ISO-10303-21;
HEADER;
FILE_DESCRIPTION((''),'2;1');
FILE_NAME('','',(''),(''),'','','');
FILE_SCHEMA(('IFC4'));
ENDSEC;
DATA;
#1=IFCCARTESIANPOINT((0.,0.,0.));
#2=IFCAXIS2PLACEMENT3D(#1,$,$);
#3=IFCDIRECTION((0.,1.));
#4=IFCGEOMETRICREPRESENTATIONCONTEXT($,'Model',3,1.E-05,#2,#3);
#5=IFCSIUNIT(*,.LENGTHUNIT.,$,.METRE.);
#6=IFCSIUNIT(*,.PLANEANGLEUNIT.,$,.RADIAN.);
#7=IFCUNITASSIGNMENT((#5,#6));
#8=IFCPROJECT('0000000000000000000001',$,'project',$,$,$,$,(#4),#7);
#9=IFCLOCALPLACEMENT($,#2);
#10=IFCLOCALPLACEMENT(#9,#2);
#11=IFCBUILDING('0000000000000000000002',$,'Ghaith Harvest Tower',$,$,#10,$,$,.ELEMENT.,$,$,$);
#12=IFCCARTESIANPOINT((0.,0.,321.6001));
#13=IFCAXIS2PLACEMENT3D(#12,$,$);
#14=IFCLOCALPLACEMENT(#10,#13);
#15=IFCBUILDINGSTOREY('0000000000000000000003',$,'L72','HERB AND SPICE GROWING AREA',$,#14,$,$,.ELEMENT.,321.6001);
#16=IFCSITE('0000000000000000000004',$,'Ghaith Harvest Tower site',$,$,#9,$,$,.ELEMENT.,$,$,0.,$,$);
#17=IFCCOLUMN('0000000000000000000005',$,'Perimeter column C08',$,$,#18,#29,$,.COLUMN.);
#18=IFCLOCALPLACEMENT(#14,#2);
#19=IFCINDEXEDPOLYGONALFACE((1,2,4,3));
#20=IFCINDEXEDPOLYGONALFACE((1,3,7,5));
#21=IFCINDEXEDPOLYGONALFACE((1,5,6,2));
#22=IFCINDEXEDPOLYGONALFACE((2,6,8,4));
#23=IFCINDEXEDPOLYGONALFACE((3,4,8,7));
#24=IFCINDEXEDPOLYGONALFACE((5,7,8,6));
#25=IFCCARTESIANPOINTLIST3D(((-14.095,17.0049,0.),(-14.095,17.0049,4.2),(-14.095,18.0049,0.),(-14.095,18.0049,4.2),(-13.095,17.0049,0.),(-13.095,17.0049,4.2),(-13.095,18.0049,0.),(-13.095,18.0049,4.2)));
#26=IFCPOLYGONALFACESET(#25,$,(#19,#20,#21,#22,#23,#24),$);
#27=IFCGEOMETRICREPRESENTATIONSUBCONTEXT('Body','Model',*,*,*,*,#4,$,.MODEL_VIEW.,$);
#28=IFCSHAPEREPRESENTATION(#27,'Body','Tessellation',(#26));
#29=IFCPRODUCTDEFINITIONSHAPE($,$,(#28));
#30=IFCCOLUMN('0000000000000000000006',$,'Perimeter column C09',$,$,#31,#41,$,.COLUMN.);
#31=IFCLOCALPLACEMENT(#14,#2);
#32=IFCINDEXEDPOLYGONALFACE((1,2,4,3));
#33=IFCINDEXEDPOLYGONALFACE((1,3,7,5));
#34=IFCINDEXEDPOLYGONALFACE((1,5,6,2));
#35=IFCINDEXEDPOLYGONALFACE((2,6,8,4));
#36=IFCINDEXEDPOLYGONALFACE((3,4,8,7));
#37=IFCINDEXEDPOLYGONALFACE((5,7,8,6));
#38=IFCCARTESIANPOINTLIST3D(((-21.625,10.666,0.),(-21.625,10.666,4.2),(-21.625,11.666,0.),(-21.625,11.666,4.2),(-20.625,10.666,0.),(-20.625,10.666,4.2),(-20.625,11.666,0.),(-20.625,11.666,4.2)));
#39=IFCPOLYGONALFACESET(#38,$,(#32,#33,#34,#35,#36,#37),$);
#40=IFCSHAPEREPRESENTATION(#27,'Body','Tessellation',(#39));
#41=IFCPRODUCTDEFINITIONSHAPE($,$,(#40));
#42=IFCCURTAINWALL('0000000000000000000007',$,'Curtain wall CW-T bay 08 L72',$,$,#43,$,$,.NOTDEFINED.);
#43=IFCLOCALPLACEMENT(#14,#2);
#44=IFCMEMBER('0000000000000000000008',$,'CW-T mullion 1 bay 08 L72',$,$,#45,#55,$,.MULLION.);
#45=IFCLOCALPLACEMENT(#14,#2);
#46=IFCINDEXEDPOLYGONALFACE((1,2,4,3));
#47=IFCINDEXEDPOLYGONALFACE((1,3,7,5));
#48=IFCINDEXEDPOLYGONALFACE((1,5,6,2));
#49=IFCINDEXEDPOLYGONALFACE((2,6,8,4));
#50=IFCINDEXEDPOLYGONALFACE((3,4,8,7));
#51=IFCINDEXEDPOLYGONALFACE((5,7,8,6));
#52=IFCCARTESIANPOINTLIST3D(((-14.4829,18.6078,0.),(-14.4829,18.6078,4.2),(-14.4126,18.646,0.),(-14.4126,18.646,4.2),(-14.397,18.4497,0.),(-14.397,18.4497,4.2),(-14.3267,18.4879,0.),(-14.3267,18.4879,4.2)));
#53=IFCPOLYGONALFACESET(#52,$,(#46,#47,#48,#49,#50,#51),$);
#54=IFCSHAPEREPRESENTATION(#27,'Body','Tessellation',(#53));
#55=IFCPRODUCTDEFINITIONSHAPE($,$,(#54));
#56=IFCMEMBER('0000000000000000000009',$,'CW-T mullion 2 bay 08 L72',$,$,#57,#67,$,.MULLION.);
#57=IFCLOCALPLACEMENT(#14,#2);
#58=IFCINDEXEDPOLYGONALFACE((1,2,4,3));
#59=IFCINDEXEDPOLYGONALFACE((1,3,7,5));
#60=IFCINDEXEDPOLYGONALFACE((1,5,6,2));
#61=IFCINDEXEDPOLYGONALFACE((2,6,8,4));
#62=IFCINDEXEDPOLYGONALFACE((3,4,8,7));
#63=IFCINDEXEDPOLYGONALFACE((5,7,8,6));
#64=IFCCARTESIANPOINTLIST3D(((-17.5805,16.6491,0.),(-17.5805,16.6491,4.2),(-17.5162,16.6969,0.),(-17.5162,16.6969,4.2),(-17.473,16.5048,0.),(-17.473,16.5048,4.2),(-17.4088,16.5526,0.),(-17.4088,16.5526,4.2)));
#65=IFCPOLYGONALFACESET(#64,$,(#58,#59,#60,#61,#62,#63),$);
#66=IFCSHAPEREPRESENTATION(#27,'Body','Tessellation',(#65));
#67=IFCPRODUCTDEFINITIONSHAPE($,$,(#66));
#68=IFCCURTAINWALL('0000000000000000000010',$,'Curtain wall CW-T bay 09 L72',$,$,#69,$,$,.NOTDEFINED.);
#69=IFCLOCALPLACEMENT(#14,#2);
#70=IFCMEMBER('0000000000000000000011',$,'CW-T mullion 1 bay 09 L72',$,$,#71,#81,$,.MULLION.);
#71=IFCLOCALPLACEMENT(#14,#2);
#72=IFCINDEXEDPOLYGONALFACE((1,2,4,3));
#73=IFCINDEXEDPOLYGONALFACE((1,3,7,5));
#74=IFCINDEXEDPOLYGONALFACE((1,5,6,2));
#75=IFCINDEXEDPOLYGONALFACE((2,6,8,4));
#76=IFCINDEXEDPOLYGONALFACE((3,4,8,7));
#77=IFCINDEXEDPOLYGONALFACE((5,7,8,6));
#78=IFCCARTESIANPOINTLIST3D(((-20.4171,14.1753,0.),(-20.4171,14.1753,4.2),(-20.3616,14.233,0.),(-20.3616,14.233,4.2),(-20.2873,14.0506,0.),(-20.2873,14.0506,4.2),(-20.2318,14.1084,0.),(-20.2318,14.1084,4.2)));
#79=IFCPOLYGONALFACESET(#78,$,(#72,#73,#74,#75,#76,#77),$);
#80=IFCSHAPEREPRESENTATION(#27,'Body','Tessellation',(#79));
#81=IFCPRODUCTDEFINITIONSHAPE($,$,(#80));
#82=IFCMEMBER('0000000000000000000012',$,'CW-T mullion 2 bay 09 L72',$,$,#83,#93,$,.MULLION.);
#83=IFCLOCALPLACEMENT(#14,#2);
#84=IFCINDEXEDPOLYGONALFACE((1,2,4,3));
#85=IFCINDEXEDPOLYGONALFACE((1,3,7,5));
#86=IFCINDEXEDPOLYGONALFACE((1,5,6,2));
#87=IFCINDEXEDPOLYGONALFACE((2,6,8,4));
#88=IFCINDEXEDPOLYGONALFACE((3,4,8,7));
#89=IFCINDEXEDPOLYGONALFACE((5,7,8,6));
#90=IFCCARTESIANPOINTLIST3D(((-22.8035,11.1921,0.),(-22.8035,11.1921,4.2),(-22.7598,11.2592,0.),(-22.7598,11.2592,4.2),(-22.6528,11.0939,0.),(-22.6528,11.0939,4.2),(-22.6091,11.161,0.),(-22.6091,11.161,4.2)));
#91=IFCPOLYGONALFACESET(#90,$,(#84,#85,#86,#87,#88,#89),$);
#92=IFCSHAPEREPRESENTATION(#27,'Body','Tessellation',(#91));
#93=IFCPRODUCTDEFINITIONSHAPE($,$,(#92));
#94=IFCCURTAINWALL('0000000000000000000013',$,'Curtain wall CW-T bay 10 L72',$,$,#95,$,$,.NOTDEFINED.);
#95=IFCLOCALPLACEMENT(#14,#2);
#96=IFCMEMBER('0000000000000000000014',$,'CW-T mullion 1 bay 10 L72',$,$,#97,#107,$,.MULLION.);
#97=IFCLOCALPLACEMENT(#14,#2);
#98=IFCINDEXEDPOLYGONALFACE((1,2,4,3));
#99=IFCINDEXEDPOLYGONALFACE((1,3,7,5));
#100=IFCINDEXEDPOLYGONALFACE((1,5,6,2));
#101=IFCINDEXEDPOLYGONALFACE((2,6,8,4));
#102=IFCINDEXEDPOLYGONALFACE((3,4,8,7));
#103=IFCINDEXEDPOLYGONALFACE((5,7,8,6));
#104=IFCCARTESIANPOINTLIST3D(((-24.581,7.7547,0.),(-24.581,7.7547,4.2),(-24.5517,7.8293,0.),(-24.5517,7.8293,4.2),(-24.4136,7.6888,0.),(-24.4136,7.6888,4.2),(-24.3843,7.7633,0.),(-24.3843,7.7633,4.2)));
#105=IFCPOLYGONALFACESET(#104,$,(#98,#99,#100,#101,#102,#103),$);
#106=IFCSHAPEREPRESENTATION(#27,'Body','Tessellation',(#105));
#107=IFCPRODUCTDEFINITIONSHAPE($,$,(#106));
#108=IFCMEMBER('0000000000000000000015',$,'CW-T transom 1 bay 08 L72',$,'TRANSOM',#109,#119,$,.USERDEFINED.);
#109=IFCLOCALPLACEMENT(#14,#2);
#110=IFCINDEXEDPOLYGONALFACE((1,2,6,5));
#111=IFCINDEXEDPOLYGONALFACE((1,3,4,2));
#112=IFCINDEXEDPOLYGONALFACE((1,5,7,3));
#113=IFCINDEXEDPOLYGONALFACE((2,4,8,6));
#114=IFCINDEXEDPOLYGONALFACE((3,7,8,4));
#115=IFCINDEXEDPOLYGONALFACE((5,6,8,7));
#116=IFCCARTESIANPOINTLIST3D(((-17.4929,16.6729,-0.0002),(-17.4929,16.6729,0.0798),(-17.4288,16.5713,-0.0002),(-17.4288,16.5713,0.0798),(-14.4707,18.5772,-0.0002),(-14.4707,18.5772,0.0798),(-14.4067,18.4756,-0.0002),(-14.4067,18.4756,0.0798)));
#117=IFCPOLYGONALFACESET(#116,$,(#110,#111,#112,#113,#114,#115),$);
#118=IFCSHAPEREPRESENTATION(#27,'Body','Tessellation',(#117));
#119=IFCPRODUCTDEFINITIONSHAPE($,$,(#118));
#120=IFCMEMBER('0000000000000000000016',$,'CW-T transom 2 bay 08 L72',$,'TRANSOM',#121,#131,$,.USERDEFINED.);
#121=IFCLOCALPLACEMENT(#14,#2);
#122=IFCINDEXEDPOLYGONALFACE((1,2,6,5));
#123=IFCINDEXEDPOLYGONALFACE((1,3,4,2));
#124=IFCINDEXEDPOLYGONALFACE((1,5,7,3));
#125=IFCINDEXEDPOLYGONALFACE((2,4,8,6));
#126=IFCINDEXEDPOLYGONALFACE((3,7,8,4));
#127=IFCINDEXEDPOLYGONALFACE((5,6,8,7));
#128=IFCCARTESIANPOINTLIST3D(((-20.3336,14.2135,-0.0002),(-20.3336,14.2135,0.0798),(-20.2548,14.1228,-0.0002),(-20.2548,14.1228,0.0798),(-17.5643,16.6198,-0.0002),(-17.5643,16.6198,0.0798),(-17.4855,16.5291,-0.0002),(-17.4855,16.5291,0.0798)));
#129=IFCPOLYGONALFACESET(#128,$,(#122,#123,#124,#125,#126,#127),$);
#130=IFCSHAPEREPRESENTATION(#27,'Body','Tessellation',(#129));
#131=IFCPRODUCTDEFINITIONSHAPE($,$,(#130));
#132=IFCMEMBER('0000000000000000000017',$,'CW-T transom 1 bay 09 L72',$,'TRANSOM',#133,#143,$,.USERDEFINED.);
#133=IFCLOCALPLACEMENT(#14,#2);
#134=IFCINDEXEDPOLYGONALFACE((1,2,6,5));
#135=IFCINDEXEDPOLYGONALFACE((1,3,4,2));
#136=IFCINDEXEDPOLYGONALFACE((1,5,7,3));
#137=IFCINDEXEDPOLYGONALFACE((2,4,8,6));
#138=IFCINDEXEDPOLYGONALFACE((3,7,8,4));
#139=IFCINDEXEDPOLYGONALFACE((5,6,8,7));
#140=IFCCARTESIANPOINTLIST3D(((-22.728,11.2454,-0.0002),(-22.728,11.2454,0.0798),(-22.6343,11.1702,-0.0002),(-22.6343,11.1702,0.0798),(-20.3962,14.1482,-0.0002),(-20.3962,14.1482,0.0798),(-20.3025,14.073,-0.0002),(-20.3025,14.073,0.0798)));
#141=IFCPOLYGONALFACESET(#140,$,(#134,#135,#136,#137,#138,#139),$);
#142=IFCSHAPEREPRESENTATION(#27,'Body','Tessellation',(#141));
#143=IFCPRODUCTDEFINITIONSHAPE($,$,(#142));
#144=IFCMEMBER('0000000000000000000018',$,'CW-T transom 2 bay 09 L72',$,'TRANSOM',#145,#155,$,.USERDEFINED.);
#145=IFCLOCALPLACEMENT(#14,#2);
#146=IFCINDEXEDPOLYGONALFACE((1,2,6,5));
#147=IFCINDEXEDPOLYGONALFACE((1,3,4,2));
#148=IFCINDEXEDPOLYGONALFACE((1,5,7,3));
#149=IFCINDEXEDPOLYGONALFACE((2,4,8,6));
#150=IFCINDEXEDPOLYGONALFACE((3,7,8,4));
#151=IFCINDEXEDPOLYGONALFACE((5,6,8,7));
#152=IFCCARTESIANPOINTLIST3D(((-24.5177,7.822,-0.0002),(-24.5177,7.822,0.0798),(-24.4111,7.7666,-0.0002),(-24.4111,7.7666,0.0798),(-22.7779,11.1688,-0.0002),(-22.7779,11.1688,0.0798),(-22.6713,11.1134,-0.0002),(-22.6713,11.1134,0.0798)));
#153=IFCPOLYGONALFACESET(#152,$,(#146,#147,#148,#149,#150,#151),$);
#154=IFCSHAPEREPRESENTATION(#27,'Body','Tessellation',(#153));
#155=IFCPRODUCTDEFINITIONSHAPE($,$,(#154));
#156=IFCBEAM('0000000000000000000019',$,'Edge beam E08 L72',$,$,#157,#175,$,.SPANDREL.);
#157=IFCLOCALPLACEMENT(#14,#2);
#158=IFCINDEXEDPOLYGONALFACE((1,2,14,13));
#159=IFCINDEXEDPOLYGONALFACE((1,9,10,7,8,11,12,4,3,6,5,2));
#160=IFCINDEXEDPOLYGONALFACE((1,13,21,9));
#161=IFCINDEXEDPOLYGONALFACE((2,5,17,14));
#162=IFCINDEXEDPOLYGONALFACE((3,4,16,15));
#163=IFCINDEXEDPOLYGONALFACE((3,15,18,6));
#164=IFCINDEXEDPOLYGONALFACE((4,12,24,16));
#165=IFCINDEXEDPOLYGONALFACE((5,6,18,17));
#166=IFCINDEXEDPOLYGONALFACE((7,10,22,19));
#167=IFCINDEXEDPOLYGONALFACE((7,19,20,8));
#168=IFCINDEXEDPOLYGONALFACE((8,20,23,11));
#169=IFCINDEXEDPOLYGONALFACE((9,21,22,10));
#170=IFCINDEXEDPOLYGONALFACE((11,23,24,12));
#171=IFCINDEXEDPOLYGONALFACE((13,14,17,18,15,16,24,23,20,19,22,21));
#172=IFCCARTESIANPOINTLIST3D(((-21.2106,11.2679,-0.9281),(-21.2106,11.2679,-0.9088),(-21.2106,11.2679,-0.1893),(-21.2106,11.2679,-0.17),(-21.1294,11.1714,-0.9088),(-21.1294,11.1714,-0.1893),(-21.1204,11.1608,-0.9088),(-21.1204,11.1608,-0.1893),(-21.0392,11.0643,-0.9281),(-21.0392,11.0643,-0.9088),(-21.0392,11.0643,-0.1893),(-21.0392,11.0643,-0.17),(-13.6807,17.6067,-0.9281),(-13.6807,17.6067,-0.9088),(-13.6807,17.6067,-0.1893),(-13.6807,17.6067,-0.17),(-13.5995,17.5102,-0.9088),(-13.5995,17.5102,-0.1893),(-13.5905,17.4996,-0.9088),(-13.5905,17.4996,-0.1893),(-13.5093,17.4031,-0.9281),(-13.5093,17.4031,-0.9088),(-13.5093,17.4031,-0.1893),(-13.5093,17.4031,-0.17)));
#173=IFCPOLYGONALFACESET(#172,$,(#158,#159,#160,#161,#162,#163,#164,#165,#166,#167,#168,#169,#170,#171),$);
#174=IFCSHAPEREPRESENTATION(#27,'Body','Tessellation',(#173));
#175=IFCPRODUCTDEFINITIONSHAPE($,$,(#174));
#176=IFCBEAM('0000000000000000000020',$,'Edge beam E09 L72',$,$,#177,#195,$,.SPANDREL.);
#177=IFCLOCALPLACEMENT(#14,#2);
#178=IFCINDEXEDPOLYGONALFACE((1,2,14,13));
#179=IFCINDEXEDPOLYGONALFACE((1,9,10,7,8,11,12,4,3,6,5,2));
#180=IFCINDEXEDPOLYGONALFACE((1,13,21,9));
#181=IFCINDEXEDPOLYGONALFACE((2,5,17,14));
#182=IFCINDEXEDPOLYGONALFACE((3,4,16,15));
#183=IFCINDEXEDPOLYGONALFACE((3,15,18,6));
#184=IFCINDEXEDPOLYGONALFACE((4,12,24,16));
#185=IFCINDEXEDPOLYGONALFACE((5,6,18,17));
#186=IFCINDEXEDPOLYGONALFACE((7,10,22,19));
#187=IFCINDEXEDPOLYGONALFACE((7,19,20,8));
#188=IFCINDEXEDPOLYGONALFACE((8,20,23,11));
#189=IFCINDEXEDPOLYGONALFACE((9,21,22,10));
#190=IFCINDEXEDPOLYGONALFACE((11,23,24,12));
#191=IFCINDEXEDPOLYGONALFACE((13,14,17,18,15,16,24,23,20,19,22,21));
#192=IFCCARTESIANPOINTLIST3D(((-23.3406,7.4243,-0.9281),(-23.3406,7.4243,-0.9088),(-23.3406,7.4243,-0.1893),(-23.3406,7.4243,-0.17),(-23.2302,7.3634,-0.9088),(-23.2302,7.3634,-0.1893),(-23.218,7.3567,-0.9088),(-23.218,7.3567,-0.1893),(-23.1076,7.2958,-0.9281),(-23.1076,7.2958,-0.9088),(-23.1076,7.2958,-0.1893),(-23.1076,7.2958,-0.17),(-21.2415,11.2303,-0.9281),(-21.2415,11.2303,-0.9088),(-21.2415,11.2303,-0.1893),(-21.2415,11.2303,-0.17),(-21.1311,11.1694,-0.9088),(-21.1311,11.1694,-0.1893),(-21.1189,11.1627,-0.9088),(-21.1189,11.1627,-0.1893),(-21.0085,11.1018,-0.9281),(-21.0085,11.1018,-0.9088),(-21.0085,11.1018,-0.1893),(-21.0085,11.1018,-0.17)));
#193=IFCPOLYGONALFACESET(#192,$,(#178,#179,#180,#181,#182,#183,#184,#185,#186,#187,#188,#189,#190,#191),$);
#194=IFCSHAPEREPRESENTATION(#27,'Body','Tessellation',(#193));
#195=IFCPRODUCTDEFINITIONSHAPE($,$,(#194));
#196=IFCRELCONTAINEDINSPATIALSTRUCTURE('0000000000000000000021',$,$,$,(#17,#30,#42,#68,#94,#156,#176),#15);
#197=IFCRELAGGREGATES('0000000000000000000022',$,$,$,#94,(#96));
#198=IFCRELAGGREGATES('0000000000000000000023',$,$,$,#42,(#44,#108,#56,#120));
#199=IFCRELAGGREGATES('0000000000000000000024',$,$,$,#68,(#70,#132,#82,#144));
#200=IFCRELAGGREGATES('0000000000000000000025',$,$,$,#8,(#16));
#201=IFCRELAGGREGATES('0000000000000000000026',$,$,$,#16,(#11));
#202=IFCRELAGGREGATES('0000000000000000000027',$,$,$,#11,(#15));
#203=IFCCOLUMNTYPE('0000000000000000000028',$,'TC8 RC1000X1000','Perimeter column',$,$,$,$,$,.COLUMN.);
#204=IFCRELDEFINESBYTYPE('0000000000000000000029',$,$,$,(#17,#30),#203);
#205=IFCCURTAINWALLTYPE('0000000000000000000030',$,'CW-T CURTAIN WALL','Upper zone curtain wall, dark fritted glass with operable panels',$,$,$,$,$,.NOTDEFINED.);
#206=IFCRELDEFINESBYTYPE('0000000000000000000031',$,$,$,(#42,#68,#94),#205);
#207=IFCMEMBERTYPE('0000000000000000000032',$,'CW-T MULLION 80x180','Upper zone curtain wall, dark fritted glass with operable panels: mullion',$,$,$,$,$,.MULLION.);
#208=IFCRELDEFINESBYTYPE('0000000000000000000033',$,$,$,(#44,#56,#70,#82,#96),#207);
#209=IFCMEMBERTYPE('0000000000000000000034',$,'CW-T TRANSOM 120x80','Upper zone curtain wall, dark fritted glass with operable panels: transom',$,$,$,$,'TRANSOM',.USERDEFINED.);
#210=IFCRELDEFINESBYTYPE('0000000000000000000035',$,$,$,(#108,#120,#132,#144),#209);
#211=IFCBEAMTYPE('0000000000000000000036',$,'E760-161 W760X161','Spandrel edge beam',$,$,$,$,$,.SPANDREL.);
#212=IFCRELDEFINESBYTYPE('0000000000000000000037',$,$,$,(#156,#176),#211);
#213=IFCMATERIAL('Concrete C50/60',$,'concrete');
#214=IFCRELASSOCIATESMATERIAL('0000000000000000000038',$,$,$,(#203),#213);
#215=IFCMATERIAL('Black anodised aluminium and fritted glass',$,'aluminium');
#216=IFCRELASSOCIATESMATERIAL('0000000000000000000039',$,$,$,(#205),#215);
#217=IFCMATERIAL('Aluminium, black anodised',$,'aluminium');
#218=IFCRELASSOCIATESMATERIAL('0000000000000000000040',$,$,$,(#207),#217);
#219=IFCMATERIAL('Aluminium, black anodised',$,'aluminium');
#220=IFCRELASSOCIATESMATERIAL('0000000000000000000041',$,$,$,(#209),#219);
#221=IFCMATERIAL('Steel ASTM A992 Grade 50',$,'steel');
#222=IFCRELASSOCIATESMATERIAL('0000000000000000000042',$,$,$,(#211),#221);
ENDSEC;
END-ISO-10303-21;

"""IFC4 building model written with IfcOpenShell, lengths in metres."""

from ifc_helpers import new_model, si_unit, direction, frame, origin, origin_2d, place, context, subcontext, project, spatial, rectangle, i_section, extrude, material, material_profile, profile_set, type_object, element, aggregate, save


model = new_model("IFC4")

# Units and contexts
model_context = context("Model", 3, precision=1e-05, world=origin(), true_north=direction((0.0, 1.0)))
body_context = subcontext(model_context, "Body", "Model", "MODEL_VIEW")
ifc_project = project(units=[si_unit("LENGTHUNIT", "METRE"), si_unit("PLANEANGLEUNIT", "RADIAN")], contexts=[model_context])

# Site, building, storey
site_placement = place(None, origin())
site = spatial("IfcSite", under=ifc_project, at=site_placement, Name="Ghaith Harvest Tower site", CompositionType="ELEMENT", RefElevation=0.0)
building_placement = place(site_placement, origin())
building = spatial("IfcBuilding", under=site, at=building_placement, Name="Ghaith Harvest Tower", CompositionType="ELEMENT")
storey_placement = place(building_placement, frame((0.0, 0.0, 321.6001)))
storey = spatial("IfcBuildingStorey", under=building, at=storey_placement, Name="L72", Description="HERB AND SPICE GROWING AREA", CompositionType="ELEMENT", Elevation=321.6001)

# Columns
ifc_material_1 = material(Name="Concrete C50/60", Category="concrete")
ifc_material_profile_1 = material_profile(ifc_material_1, rectangle(XDim=1.0, YDim=1.0, at=origin_2d()), Name="RC1000X1000")
ifc_profile_set_1 = profile_set([ifc_material_profile_1], Name="Concrete C50/60")
column_type = type_object("IfcColumnType", Name="TC8 RC1000X1000", Description="Perimeter column", PredefinedType="COLUMN", material=ifc_profile_set_1)
for number, where, z_axis, x_axis, name in (
    (1, (-13.595, 17.5049, 0.0), (0.0, 0.0, 1.0), (1.0, 0.0, 0.0), "Perimeter column C08"),
    (2, (-21.125, 11.166, 0.0), (0.0, 0.0, 1.0), (1.0, 0.0, 0.0), "Perimeter column C09"),
):
    element("IfcColumn", number, at=place(storey_placement, frame(where, z_axis=z_axis, x_axis=x_axis)), inside=storey, type_object=column_type, Name=name, PredefinedType="COLUMN", context=body_context, shape_type="SweptSolid", body=[
        extrude(rectangle(XDim=1.0, YDim=1.0, at=origin_2d()), origin(), (0.0, 0.0, 1.0), 4.2),
    ])

# Curtain walls, members
ifc_material_2 = material(Name="Black anodised aluminium and fritted glass", Category="aluminium")
curtain_wall_type = type_object("IfcCurtainWallType", Name="CW-T CURTAIN WALL", Description="Upper zone curtain wall, dark fritted glass with operable panels", PredefinedType="NOTDEFINED", material=ifc_material_2)
curtain_wall_1_placement = place(storey_placement, origin())
curtain_wall_1 = element("IfcCurtainWall", 3, at=curtain_wall_1_placement, inside=storey, type_object=curtain_wall_type, Name="Curtain wall CW-T bay 08 L72", PredefinedType="NOTDEFINED")
ifc_material_3 = material(Name="Aluminium, black anodised", Category="aluminium")
ifc_material_profile_2 = material_profile(ifc_material_3, rectangle(XDim=0.0801, YDim=0.1799, at=origin_2d()), Name="CW-T MULLION 80x180")
ifc_profile_set_2 = profile_set([ifc_material_profile_2], Name="Aluminium, black anodised")
member_type_1 = type_object("IfcMemberType", Name="CW-T MULLION 80x180", Description="Upper zone curtain wall, dark fritted glass with operable panels: mullion", PredefinedType="MULLION", material=ifc_profile_set_2)
member_1_placement = place(storey_placement, frame((-14.4048, 18.5479, 0.0), z_axis=(0.0, 0.0, 1.0), x_axis=(-0.878672, -0.477426, 0.0)))
member_1 = element("IfcMember", 4, at=member_1_placement, type_object=member_type_1, Name="CW-T mullion 1 bay 08 L72", PredefinedType="MULLION", context=body_context, shape_type="SweptSolid", body=[
    extrude(rectangle(XDim=0.0801, YDim=0.1799, at=origin_2d()), origin(), (0.0, 0.0, 1.0), 4.2),
])
member_2_placement = place(storey_placement, frame((-17.4946, 16.6008, 0.0), z_axis=(0.0, 0.0, 1.0), x_axis=(-0.80219, -0.597069, 0.0)))
member_2 = element("IfcMember", 5, at=member_2_placement, type_object=member_type_1, Name="CW-T mullion 2 bay 08 L72", PredefinedType="MULLION", context=body_context, shape_type="SweptSolid", body=[
    extrude(rectangle(XDim=0.0801, YDim=0.1799, at=origin_2d()), origin(), (0.0, 0.0, 1.0), 4.2),
])
curtain_wall_2_placement = place(storey_placement, origin())
curtain_wall_2 = element("IfcCurtainWall", 6, at=curtain_wall_2_placement, inside=storey, type_object=curtain_wall_type, Name="Curtain wall CW-T bay 09 L72", PredefinedType="NOTDEFINED")
member_3_placement = place(storey_placement, frame((-20.3245, 14.1418, 0.0), z_axis=(0.0, 0.0, 1.0), x_axis=(-0.692826, -0.721104, 0.0)))
member_3 = element("IfcMember", 7, at=member_3_placement, type_object=member_type_1, Name="CW-T mullion 1 bay 09 L72", PredefinedType="MULLION", context=body_context, shape_type="SweptSolid", body=[
    extrude(rectangle(XDim=0.0801, YDim=0.1799, at=origin_2d()), origin(), (0.0, 0.0, 1.0), 4.2),
])
member_4_placement = place(storey_placement, frame((-22.7063, 11.1765, 0.0), z_axis=(0.0, 0.0, 1.0), x_axis=(-0.545865, -0.837873, 0.0)))
member_4 = element("IfcMember", 8, at=member_4_placement, type_object=member_type_1, Name="CW-T mullion 2 bay 09 L72", PredefinedType="MULLION", context=body_context, shape_type="SweptSolid", body=[
    extrude(rectangle(XDim=0.0801, YDim=0.1799, at=origin_2d()), origin(), (0.0, 0.0, 1.0), 4.2),
])

# Curtain wall, member
curtain_wall_3_placement = place(storey_placement, origin())
curtain_wall_3 = element("IfcCurtainWall", 9, at=curtain_wall_3_placement, inside=storey, type_object=curtain_wall_type, Name="Curtain wall CW-T bay 10 L72", PredefinedType="NOTDEFINED")
member_5_placement = place(storey_placement, frame((-24.4827, 7.759, 0.0), z_axis=(0.0, 0.0, 1.0), x_axis=(-0.366473, -0.930429, 0.0)))
member_5 = element("IfcMember", 10, at=member_5_placement, type_object=member_type_1, Name="CW-T mullion 1 bay 10 L72", PredefinedType="MULLION", context=body_context, shape_type="SweptSolid", body=[
    extrude(rectangle(XDim=0.0801, YDim=0.1799, at=origin_2d()), origin(), (0.0, 0.0, 1.0), 4.2),
])
aggregate(curtain_wall_3, [member_5])

# Members
ifc_material_4 = material(Name="Aluminium, black anodised", Category="aluminium")
ifc_material_profile_3 = material_profile(ifc_material_4, rectangle(XDim=0.1201, YDim=0.0801, at=origin_2d()), Name="CW-T TRANSOM 120x80")
ifc_profile_set_3 = profile_set([ifc_material_profile_3], Name="Aluminium, black anodised")
member_type_2 = type_object("IfcMemberType", Name="CW-T TRANSOM 120x80", Description="Upper zone curtain wall, dark fritted glass with operable panels: transom", ElementType="TRANSOM", PredefinedType="USERDEFINED", material=ifc_profile_set_3)
member_6_placement = place(storey_placement, frame((-14.4387, 18.5264, 0.0398), z_axis=(-0.846054, -0.533098, 0.0), x_axis=(0.533098, -0.846054, 0.0)))
member_6 = element("IfcMember", 11, at=member_6_placement, type_object=member_type_2, Name="CW-T transom 1 bay 08 L72", ObjectType="TRANSOM", PredefinedType="USERDEFINED", context=body_context, shape_type="SweptSolid", body=[
    extrude(rectangle(XDim=0.1201, YDim=0.0801, at=origin_2d()), origin(), (0.0, 0.0, 1.0), 3.572),
])
member_7_placement = place(storey_placement, frame((-17.5249, 16.5745, 0.0398), z_axis=(-0.754852, -0.655895, 0.0), x_axis=(0.655895, -0.754852, 0.0)))
member_7 = element("IfcMember", 12, at=member_7_placement, type_object=member_type_2, Name="CW-T transom 2 bay 08 L72", ObjectType="TRANSOM", PredefinedType="USERDEFINED", context=body_context, shape_type="SweptSolid", body=[
    extrude(rectangle(XDim=0.1201, YDim=0.0801, at=origin_2d()), origin(), (0.0, 0.0, 1.0), 3.6687),
])
member_8_placement = place(storey_placement, frame((-20.3494, 14.1106, 0.0398), z_axis=(-0.626253, -0.77962, 0.0), x_axis=(0.77962, -0.626253, 0.0)))
member_8 = element("IfcMember", 13, at=member_8_placement, type_object=member_type_2, Name="CW-T transom 1 bay 09 L72", ObjectType="TRANSOM", PredefinedType="USERDEFINED", context=body_context, shape_type="SweptSolid", body=[
    extrude(rectangle(XDim=0.1201, YDim=0.0801, at=origin_2d()), origin(), (0.0, 0.0, 1.0), 3.7234),
])
member_9_placement = place(storey_placement, frame((-22.7246, 11.1411, 0.0398), z_axis=(-0.461243, -0.887274, 0.0), x_axis=(0.887274, -0.461243, 0.0)))
member_9 = element("IfcMember", 14, at=member_9_placement, type_object=member_type_2, Name="CW-T transom 2 bay 09 L72", ObjectType="TRANSOM", PredefinedType="USERDEFINED", context=body_context, shape_type="SweptSolid", body=[
    extrude(rectangle(XDim=0.1201, YDim=0.0801, at=origin_2d()), origin(), (0.0, 0.0, 1.0), 3.772),
])

# Beams
ifc_material_5 = material(Name="Steel ASTM A992 Grade 50", Category="steel")
ifc_material_profile_4 = material_profile(ifc_material_5, i_section(OverallWidth=0.2661, OverallDepth=0.7581, WebThickness=0.0139, FlangeThickness=0.0193, at=origin_2d()), Name="W760X161")
ifc_profile_set_4 = profile_set([ifc_material_profile_4], Name="Steel ASTM A992 Grade 50")
beam_type = type_object("IfcBeamType", Name="E760-161 W760X161", Description="Spandrel edge beam", PredefinedType="SPANDREL", material=ifc_profile_set_4)
beam_1_placement = place(storey_placement, frame((-13.595, 17.5049, -0.5491), z_axis=(-0.765022, -0.644004, 0.0), x_axis=(0.644004, -0.765022, 0.0)))
element("IfcBeam", 15, at=beam_1_placement, inside=storey, type_object=beam_type, Name="Edge beam E08 L72", PredefinedType="SPANDREL", context=body_context, shape_type="SweptSolid", body=[
    extrude(i_section(OverallWidth=0.2661, OverallDepth=0.7581, WebThickness=0.0139, FlangeThickness=0.0193, at=origin_2d()), origin(), (0.0, 0.0, 1.0), 9.8428),
])
beam_2_placement = place(storey_placement, frame((-21.125, 11.166, -0.5491), z_axis=(-0.482956, -0.875645, 0.0), x_axis=(0.875645, -0.482956, 0.0)))
element("IfcBeam", 16, at=beam_2_placement, inside=storey, type_object=beam_type, Name="Edge beam E09 L72", PredefinedType="SPANDREL", context=body_context, shape_type="SweptSolid", body=[
    extrude(i_section(OverallWidth=0.2661, OverallDepth=0.7581, WebThickness=0.0139, FlangeThickness=0.0193, at=origin_2d()), origin(), (0.0, 0.0, 1.0), 4.3464),
])

aggregate(curtain_wall_1, [member_1, member_6, member_2, member_7])
aggregate(curtain_wall_2, [member_3, member_8, member_4, member_9])

save(model, "model.ifc")
